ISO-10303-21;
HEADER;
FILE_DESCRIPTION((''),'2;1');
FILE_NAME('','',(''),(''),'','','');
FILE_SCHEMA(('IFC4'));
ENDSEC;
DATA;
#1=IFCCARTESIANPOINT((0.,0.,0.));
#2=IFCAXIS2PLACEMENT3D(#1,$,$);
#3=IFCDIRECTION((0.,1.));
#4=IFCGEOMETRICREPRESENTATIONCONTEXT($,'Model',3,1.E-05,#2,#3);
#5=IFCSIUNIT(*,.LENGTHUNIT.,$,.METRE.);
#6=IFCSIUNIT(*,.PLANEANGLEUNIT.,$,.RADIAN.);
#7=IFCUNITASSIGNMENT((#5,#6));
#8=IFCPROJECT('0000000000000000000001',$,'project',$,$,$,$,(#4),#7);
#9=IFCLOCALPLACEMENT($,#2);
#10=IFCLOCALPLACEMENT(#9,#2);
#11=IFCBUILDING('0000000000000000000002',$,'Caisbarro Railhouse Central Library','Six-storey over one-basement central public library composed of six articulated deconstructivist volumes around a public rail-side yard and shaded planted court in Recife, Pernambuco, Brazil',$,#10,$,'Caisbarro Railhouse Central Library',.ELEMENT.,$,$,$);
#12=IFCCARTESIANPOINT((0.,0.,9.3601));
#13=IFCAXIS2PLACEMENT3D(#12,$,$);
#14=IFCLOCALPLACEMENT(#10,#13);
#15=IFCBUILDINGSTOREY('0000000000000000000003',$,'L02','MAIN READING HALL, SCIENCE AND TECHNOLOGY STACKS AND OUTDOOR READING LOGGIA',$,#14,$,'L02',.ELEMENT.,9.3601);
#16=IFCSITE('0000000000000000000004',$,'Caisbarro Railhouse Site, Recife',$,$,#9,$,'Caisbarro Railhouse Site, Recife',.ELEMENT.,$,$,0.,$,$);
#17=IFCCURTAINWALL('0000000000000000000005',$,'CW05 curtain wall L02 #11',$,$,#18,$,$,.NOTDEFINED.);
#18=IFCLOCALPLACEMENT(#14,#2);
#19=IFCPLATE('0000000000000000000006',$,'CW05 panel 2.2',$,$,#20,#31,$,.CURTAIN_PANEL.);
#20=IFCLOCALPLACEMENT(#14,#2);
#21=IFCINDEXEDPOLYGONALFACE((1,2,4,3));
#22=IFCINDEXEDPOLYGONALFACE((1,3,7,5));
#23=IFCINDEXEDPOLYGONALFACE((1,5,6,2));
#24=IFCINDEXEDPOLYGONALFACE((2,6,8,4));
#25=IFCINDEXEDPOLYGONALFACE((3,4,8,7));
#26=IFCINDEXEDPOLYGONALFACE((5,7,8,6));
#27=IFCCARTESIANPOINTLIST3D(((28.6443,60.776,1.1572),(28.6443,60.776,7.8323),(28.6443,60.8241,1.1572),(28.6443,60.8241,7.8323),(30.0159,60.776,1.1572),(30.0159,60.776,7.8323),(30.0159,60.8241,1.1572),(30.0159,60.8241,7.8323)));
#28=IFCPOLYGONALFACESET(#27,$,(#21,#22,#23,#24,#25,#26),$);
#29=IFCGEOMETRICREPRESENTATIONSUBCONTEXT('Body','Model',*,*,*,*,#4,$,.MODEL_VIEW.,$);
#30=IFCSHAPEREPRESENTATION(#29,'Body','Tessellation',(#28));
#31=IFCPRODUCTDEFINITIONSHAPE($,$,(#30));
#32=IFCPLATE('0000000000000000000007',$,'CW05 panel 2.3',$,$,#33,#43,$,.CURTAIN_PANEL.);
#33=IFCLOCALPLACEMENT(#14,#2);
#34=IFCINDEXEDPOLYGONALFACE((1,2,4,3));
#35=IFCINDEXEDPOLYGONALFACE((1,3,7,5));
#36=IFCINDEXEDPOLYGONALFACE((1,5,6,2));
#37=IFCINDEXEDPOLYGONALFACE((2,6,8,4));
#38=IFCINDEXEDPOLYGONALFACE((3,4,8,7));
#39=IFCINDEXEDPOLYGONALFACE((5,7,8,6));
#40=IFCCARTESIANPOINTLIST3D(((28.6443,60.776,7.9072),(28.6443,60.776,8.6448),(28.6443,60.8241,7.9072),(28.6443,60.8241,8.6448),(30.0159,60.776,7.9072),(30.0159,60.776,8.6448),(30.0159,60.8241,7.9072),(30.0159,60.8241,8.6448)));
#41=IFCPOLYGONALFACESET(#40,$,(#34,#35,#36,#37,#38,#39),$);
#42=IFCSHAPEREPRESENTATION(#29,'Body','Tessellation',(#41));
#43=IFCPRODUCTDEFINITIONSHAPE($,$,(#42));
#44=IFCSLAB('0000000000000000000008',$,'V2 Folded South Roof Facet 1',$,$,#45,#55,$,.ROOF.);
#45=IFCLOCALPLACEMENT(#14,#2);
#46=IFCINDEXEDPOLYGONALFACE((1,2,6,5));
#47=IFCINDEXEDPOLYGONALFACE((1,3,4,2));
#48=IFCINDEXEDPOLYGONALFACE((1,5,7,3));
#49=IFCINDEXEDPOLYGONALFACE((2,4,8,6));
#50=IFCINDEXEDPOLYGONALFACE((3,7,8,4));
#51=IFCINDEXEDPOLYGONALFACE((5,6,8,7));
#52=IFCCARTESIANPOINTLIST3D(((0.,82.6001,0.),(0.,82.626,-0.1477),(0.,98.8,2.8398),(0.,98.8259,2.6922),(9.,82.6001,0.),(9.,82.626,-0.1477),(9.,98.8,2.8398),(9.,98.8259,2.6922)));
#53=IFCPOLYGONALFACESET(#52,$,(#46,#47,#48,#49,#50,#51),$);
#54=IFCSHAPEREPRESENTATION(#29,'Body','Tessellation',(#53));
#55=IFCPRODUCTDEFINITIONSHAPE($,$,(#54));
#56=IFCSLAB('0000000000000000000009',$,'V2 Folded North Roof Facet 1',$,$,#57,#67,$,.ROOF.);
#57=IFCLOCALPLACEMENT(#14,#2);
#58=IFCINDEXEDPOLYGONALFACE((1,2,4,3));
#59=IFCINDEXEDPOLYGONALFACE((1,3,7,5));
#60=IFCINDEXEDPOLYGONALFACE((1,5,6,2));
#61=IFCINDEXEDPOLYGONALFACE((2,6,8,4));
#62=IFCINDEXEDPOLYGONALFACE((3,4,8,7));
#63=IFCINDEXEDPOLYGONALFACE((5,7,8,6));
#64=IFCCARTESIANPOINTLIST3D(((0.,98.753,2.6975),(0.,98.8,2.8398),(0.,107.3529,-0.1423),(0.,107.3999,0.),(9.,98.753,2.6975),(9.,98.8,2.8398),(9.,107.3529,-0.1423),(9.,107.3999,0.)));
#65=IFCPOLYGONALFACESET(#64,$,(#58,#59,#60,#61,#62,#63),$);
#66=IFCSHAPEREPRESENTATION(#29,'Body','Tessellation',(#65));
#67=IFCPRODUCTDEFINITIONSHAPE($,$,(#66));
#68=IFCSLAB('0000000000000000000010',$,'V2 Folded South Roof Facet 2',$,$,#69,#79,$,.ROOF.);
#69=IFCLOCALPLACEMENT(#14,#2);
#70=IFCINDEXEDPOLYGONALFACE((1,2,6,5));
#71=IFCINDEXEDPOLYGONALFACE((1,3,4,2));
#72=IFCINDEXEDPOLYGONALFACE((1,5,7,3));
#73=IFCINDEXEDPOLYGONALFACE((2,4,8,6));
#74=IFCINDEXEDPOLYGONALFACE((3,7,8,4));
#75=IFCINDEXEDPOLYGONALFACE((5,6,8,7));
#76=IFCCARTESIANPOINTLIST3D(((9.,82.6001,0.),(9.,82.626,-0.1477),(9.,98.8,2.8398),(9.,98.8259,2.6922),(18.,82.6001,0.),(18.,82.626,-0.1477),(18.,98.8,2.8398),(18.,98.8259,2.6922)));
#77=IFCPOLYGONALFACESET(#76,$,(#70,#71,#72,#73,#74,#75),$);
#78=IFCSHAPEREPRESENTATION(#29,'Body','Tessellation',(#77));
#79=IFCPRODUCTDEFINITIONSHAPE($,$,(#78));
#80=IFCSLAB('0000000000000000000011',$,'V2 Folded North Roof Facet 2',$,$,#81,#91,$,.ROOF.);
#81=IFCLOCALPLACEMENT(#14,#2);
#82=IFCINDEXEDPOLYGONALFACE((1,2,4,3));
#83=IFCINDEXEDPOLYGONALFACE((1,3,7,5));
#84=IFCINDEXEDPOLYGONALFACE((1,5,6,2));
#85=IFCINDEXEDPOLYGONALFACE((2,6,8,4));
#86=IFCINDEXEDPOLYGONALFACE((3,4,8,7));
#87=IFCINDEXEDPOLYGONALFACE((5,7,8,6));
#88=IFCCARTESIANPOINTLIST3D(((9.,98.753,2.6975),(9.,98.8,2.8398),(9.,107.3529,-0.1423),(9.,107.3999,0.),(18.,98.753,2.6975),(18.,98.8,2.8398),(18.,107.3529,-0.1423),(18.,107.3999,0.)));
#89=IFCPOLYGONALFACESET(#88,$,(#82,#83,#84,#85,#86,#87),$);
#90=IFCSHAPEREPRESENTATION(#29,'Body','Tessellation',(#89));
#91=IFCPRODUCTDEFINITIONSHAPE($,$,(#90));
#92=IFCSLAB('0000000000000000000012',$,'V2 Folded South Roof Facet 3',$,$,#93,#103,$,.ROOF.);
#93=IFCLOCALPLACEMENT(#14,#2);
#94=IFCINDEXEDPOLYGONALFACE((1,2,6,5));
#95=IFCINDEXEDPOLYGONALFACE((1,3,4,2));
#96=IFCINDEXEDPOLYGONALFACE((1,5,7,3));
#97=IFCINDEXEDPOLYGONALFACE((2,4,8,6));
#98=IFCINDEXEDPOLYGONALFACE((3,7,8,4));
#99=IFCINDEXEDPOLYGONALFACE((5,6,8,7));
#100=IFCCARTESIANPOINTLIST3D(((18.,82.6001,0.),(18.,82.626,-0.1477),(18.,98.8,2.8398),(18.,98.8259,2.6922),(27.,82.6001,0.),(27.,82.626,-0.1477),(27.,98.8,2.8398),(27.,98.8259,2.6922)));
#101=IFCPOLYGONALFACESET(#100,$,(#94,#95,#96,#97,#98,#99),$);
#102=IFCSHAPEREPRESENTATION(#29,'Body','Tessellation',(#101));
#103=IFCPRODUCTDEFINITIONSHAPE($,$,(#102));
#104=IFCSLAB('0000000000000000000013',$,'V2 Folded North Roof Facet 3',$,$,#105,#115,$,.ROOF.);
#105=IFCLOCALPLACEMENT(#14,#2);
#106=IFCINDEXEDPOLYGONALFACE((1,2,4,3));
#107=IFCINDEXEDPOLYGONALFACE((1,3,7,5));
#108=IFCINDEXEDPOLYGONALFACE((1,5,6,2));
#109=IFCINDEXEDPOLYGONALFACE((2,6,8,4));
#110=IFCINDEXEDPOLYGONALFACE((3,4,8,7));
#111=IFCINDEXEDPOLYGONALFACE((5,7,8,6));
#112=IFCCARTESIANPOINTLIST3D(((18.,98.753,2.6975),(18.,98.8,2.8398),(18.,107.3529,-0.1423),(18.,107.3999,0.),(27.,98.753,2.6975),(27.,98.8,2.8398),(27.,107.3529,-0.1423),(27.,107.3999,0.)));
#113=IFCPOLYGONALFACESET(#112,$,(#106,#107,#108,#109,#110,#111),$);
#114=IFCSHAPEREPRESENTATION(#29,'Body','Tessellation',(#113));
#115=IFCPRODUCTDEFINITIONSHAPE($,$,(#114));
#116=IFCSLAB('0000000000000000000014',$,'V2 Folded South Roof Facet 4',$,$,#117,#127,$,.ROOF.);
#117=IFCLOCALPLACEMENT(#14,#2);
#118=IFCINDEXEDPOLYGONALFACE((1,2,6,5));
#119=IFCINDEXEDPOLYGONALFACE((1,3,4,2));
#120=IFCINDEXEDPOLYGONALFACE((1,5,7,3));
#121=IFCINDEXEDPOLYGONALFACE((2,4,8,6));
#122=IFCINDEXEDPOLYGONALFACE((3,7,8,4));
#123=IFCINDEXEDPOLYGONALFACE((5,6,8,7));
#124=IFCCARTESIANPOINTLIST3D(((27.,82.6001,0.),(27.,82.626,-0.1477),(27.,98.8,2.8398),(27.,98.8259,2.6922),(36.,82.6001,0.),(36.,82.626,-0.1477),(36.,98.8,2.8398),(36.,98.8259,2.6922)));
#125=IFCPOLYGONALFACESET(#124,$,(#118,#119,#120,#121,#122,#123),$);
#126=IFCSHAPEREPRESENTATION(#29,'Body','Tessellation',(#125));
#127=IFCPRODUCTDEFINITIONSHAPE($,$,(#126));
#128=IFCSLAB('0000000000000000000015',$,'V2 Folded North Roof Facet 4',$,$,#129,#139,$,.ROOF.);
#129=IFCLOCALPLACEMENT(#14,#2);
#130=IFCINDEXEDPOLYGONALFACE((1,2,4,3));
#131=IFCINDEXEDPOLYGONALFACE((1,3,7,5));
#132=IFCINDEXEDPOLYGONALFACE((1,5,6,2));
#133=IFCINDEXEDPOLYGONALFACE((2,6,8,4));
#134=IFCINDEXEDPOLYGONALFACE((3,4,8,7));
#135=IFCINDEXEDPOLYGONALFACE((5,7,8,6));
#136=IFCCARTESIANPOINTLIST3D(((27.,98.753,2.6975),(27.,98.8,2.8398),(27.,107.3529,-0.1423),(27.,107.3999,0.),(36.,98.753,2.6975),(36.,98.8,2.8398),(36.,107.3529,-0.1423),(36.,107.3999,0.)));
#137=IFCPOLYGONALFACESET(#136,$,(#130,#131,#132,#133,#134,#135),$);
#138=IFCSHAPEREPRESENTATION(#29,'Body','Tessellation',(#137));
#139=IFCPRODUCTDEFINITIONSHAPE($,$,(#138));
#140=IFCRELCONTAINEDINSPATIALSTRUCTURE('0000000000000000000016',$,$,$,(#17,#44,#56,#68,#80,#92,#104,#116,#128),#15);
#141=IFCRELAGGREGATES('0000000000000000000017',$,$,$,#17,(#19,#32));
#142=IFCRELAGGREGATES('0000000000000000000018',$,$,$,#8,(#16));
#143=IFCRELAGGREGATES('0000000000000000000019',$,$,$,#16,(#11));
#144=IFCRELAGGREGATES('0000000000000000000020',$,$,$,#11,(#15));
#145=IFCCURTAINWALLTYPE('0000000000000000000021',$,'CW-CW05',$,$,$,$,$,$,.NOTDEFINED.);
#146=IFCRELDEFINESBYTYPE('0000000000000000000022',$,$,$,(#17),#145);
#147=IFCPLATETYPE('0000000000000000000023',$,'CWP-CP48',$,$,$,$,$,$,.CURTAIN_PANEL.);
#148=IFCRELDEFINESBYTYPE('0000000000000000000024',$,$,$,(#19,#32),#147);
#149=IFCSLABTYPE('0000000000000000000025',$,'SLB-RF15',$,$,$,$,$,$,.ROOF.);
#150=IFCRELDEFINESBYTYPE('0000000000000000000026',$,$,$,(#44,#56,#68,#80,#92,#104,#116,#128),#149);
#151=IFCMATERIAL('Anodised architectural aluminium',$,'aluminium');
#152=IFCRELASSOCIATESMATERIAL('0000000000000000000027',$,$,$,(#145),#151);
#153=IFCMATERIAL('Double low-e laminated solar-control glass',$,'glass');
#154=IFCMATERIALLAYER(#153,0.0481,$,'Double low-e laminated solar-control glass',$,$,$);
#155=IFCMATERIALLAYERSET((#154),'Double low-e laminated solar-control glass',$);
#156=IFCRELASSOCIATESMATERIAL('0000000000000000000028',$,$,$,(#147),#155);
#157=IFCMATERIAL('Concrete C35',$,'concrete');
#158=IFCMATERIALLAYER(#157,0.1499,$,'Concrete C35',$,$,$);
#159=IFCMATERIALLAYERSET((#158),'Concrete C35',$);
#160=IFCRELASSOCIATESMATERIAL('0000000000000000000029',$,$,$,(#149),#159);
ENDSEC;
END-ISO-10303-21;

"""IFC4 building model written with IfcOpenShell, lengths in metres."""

from ifc_helpers import new_model, si_unit, direction, frame, origin, origin_2d, place, context, subcontext, project, spatial, polyline, rectangle, outline, extrude, material, layer, layer_set, type_object, element, aggregate, save


model = new_model("IFC4")

# Units and contexts
model_context = context("Model", 3, precision=1e-05, world=origin(), true_north=direction((0.0, 1.0)))
body_context = subcontext(model_context, "Body", "Model", "MODEL_VIEW")
ifc_project = project(units=[si_unit("LENGTHUNIT", "METRE"), si_unit("PLANEANGLEUNIT", "RADIAN")], contexts=[model_context])

# Site, building, storey
site_placement = place(None, origin())
site = spatial("IfcSite", under=ifc_project, at=site_placement, Name="Caisbarro Railhouse Site, Recife", LongName="Caisbarro Railhouse Site, Recife", CompositionType="ELEMENT", RefElevation=0.0)
building_placement = place(site_placement, origin())
building = spatial("IfcBuilding", under=site, at=building_placement, Name="Caisbarro Railhouse Central Library", Description="Six-storey over one-basement central public library composed of six articulated deconstructivist volumes around a public rail-side yard and shaded planted court in Recife, Pernambuco, Brazil", LongName="Caisbarro Railhouse Central Library", CompositionType="ELEMENT")
storey_placement = place(building_placement, frame((0.0, 0.0, 9.3601)))
storey = spatial("IfcBuildingStorey", under=building, at=storey_placement, Name="L02", Description="MAIN READING HALL, SCIENCE AND TECHNOLOGY STACKS AND OUTDOOR READING LOGGIA", LongName="L02", CompositionType="ELEMENT", Elevation=9.3601)

# Curtain wall, plates
ifc_material_1 = material(Name="Anodised architectural aluminium", Category="aluminium")
curtain_wall_type = type_object("IfcCurtainWallType", Name="CW-CW05", PredefinedType="NOTDEFINED", material=ifc_material_1)
curtain_wall_placement = place(storey_placement, origin())
curtain_wall = element("IfcCurtainWall", 1, at=curtain_wall_placement, inside=storey, type_object=curtain_wall_type, Name="CW05 curtain wall L02 #11", PredefinedType="NOTDEFINED")
ifc_material_2 = material(Name="Double low-e laminated solar-control glass", Category="glass")
ifc_layer_1 = layer(ifc_material_2, 0.0481, Name="Double low-e laminated solar-control glass")
ifc_layer_set_1 = layer_set([ifc_layer_1], Name="Double low-e laminated solar-control glass")
plate_type = type_object("IfcPlateType", Name="CWP-CP48", PredefinedType="CURTAIN_PANEL", material=ifc_layer_set_1)
plate_1_placement = place(storey_placement, frame((29.3301, 60.8, 1.1572), z_axis=(0.0, 0.0, 1.0), x_axis=(1.0, 0.0, 0.0)))
plate_1 = element("IfcPlate", 2, at=plate_1_placement, type_object=plate_type, Name="CW05 panel 2.2", PredefinedType="CURTAIN_PANEL", context=body_context, shape_type="SweptSolid", body=[
    extrude(rectangle(XDim=1.3716, YDim=0.0481, at=origin_2d()), origin(), (0.0, 0.0, 1.0), 6.675),
])
plate_2_placement = place(storey_placement, frame((29.3301, 60.8, 7.9072), z_axis=(0.0, 0.0, 1.0), x_axis=(1.0, 0.0, 0.0)))
plate_2 = element("IfcPlate", 3, at=plate_2_placement, type_object=plate_type, Name="CW05 panel 2.3", PredefinedType="CURTAIN_PANEL", context=body_context, shape_type="SweptSolid", body=[
    extrude(rectangle(XDim=1.3716, YDim=0.0481, at=origin_2d()), origin(), (0.0, 0.0, 1.0), 0.7375),
])
aggregate(curtain_wall, [plate_1, plate_2])

# Slabs
ifc_material_3 = material(Name="Concrete C35", Category="concrete")
ifc_layer_2 = layer(ifc_material_3, 0.1499, Name="Concrete C35")
ifc_layer_set_2 = layer_set([ifc_layer_2], Name="Concrete C35")
slab_type = type_object("IfcSlabType", Name="SLB-RF15", PredefinedType="ROOF", material=ifc_layer_set_2)
slab_1_placement = place(storey_placement, frame((0.0, 82.6001, 0.0), z_axis=(0.0, -0.172667, 0.98498), x_axis=(1.0, 0.0, 0.0)))
element("IfcSlab", 4, at=slab_1_placement, inside=storey, type_object=slab_type, Name="V2 Folded South Roof Facet 1", PredefinedType="ROOF", context=body_context, shape_type="SweptSolid", body=[
    extrude(outline(polyline([(0.0, 0.0), (9.0, 0.0), (9.0, 16.447), (0.0, 16.447), (0.0, 0.0)])), origin(), (0.0, 0.0, -1.0), 0.1499),
])
slab_2_placement = place(storey_placement, frame((0.0, 98.8, 2.8398), z_axis=(0.0, 0.313566, 0.949566), x_axis=(1.0, 0.0, 0.0)))
element("IfcSlab", 5, at=slab_2_placement, inside=storey, type_object=slab_type, Name="V2 Folded North Roof Facet 1", PredefinedType="ROOF", context=body_context, shape_type="SweptSolid", body=[
    extrude(outline(polyline([(0.0, 0.0), (9.0, 0.0), (9.0, 9.0566), (0.0, 9.0566), (0.0, 0.0)])), origin(), (0.0, 0.0, -1.0), 0.1499),
])
slab_3_placement = place(storey_placement, frame((9.0, 82.6001, 0.0), z_axis=(0.0, -0.172667, 0.98498), x_axis=(1.0, 0.0, 0.0)))
element("IfcSlab", 6, at=slab_3_placement, inside=storey, type_object=slab_type, Name="V2 Folded South Roof Facet 2", PredefinedType="ROOF", context=body_context, shape_type="SweptSolid", body=[
    extrude(outline(polyline([(0.0, 0.0), (9.0, 0.0), (9.0, 16.447), (0.0, 16.447), (0.0, 0.0)])), origin(), (0.0, 0.0, -1.0), 0.1499),
])
slab_4_placement = place(storey_placement, frame((9.0, 98.8, 2.8398), z_axis=(0.0, 0.313566, 0.949566), x_axis=(1.0, 0.0, 0.0)))
element("IfcSlab", 7, at=slab_4_placement, inside=storey, type_object=slab_type, Name="V2 Folded North Roof Facet 2", PredefinedType="ROOF", context=body_context, shape_type="SweptSolid", body=[
    extrude(outline(polyline([(0.0, 0.0), (9.0, 0.0), (9.0, 9.0566), (0.0, 9.0566), (0.0, 0.0)])), origin(), (0.0, 0.0, -1.0), 0.1499),
])
slab_5_placement = place(storey_placement, frame((18.0, 82.6001, 0.0), z_axis=(0.0, -0.172667, 0.98498), x_axis=(1.0, 0.0, 0.0)))
element("IfcSlab", 8, at=slab_5_placement, inside=storey, type_object=slab_type, Name="V2 Folded South Roof Facet 3", PredefinedType="ROOF", context=body_context, shape_type="SweptSolid", body=[
    extrude(outline(polyline([(0.0, 0.0), (9.0, 0.0), (9.0, 16.447), (0.0, 16.447), (0.0, 0.0)])), origin(), (0.0, 0.0, -1.0), 0.1499),
])
slab_6_placement = place(storey_placement, frame((18.0, 98.8, 2.8398), z_axis=(0.0, 0.313566, 0.949566), x_axis=(1.0, 0.0, 0.0)))
element("IfcSlab", 9, at=slab_6_placement, inside=storey, type_object=slab_type, Name="V2 Folded North Roof Facet 3", PredefinedType="ROOF", context=body_context, shape_type="SweptSolid", body=[
    extrude(outline(polyline([(0.0, 0.0), (9.0, 0.0), (9.0, 9.0566), (0.0, 9.0566), (0.0, 0.0)])), origin(), (0.0, 0.0, -1.0), 0.1499),
])
slab_7_placement = place(storey_placement, frame((27.0, 82.6001, 0.0), z_axis=(0.0, -0.172667, 0.98498), x_axis=(1.0, 0.0, 0.0)))
element("IfcSlab", 10, at=slab_7_placement, inside=storey, type_object=slab_type, Name="V2 Folded South Roof Facet 4", PredefinedType="ROOF", context=body_context, shape_type="SweptSolid", body=[
    extrude(outline(polyline([(0.0, 0.0), (9.0, 0.0), (9.0, 16.447), (0.0, 16.447), (0.0, 0.0)])), origin(), (0.0, 0.0, -1.0), 0.1499),
])
slab_8_placement = place(storey_placement, frame((27.0, 98.8, 2.8398), z_axis=(0.0, 0.313566, 0.949566), x_axis=(1.0, 0.0, 0.0)))
element("IfcSlab", 11, at=slab_8_placement, inside=storey, type_object=slab_type, Name="V2 Folded North Roof Facet 4", PredefinedType="ROOF", context=body_context, shape_type="SweptSolid", body=[
    extrude(outline(polyline([(0.0, 0.0), (9.0, 0.0), (9.0, 9.0566), (0.0, 9.0566), (0.0, 0.0)])), origin(), (0.0, 0.0, -1.0), 0.1499),
])

save(model, "model.ifc")
